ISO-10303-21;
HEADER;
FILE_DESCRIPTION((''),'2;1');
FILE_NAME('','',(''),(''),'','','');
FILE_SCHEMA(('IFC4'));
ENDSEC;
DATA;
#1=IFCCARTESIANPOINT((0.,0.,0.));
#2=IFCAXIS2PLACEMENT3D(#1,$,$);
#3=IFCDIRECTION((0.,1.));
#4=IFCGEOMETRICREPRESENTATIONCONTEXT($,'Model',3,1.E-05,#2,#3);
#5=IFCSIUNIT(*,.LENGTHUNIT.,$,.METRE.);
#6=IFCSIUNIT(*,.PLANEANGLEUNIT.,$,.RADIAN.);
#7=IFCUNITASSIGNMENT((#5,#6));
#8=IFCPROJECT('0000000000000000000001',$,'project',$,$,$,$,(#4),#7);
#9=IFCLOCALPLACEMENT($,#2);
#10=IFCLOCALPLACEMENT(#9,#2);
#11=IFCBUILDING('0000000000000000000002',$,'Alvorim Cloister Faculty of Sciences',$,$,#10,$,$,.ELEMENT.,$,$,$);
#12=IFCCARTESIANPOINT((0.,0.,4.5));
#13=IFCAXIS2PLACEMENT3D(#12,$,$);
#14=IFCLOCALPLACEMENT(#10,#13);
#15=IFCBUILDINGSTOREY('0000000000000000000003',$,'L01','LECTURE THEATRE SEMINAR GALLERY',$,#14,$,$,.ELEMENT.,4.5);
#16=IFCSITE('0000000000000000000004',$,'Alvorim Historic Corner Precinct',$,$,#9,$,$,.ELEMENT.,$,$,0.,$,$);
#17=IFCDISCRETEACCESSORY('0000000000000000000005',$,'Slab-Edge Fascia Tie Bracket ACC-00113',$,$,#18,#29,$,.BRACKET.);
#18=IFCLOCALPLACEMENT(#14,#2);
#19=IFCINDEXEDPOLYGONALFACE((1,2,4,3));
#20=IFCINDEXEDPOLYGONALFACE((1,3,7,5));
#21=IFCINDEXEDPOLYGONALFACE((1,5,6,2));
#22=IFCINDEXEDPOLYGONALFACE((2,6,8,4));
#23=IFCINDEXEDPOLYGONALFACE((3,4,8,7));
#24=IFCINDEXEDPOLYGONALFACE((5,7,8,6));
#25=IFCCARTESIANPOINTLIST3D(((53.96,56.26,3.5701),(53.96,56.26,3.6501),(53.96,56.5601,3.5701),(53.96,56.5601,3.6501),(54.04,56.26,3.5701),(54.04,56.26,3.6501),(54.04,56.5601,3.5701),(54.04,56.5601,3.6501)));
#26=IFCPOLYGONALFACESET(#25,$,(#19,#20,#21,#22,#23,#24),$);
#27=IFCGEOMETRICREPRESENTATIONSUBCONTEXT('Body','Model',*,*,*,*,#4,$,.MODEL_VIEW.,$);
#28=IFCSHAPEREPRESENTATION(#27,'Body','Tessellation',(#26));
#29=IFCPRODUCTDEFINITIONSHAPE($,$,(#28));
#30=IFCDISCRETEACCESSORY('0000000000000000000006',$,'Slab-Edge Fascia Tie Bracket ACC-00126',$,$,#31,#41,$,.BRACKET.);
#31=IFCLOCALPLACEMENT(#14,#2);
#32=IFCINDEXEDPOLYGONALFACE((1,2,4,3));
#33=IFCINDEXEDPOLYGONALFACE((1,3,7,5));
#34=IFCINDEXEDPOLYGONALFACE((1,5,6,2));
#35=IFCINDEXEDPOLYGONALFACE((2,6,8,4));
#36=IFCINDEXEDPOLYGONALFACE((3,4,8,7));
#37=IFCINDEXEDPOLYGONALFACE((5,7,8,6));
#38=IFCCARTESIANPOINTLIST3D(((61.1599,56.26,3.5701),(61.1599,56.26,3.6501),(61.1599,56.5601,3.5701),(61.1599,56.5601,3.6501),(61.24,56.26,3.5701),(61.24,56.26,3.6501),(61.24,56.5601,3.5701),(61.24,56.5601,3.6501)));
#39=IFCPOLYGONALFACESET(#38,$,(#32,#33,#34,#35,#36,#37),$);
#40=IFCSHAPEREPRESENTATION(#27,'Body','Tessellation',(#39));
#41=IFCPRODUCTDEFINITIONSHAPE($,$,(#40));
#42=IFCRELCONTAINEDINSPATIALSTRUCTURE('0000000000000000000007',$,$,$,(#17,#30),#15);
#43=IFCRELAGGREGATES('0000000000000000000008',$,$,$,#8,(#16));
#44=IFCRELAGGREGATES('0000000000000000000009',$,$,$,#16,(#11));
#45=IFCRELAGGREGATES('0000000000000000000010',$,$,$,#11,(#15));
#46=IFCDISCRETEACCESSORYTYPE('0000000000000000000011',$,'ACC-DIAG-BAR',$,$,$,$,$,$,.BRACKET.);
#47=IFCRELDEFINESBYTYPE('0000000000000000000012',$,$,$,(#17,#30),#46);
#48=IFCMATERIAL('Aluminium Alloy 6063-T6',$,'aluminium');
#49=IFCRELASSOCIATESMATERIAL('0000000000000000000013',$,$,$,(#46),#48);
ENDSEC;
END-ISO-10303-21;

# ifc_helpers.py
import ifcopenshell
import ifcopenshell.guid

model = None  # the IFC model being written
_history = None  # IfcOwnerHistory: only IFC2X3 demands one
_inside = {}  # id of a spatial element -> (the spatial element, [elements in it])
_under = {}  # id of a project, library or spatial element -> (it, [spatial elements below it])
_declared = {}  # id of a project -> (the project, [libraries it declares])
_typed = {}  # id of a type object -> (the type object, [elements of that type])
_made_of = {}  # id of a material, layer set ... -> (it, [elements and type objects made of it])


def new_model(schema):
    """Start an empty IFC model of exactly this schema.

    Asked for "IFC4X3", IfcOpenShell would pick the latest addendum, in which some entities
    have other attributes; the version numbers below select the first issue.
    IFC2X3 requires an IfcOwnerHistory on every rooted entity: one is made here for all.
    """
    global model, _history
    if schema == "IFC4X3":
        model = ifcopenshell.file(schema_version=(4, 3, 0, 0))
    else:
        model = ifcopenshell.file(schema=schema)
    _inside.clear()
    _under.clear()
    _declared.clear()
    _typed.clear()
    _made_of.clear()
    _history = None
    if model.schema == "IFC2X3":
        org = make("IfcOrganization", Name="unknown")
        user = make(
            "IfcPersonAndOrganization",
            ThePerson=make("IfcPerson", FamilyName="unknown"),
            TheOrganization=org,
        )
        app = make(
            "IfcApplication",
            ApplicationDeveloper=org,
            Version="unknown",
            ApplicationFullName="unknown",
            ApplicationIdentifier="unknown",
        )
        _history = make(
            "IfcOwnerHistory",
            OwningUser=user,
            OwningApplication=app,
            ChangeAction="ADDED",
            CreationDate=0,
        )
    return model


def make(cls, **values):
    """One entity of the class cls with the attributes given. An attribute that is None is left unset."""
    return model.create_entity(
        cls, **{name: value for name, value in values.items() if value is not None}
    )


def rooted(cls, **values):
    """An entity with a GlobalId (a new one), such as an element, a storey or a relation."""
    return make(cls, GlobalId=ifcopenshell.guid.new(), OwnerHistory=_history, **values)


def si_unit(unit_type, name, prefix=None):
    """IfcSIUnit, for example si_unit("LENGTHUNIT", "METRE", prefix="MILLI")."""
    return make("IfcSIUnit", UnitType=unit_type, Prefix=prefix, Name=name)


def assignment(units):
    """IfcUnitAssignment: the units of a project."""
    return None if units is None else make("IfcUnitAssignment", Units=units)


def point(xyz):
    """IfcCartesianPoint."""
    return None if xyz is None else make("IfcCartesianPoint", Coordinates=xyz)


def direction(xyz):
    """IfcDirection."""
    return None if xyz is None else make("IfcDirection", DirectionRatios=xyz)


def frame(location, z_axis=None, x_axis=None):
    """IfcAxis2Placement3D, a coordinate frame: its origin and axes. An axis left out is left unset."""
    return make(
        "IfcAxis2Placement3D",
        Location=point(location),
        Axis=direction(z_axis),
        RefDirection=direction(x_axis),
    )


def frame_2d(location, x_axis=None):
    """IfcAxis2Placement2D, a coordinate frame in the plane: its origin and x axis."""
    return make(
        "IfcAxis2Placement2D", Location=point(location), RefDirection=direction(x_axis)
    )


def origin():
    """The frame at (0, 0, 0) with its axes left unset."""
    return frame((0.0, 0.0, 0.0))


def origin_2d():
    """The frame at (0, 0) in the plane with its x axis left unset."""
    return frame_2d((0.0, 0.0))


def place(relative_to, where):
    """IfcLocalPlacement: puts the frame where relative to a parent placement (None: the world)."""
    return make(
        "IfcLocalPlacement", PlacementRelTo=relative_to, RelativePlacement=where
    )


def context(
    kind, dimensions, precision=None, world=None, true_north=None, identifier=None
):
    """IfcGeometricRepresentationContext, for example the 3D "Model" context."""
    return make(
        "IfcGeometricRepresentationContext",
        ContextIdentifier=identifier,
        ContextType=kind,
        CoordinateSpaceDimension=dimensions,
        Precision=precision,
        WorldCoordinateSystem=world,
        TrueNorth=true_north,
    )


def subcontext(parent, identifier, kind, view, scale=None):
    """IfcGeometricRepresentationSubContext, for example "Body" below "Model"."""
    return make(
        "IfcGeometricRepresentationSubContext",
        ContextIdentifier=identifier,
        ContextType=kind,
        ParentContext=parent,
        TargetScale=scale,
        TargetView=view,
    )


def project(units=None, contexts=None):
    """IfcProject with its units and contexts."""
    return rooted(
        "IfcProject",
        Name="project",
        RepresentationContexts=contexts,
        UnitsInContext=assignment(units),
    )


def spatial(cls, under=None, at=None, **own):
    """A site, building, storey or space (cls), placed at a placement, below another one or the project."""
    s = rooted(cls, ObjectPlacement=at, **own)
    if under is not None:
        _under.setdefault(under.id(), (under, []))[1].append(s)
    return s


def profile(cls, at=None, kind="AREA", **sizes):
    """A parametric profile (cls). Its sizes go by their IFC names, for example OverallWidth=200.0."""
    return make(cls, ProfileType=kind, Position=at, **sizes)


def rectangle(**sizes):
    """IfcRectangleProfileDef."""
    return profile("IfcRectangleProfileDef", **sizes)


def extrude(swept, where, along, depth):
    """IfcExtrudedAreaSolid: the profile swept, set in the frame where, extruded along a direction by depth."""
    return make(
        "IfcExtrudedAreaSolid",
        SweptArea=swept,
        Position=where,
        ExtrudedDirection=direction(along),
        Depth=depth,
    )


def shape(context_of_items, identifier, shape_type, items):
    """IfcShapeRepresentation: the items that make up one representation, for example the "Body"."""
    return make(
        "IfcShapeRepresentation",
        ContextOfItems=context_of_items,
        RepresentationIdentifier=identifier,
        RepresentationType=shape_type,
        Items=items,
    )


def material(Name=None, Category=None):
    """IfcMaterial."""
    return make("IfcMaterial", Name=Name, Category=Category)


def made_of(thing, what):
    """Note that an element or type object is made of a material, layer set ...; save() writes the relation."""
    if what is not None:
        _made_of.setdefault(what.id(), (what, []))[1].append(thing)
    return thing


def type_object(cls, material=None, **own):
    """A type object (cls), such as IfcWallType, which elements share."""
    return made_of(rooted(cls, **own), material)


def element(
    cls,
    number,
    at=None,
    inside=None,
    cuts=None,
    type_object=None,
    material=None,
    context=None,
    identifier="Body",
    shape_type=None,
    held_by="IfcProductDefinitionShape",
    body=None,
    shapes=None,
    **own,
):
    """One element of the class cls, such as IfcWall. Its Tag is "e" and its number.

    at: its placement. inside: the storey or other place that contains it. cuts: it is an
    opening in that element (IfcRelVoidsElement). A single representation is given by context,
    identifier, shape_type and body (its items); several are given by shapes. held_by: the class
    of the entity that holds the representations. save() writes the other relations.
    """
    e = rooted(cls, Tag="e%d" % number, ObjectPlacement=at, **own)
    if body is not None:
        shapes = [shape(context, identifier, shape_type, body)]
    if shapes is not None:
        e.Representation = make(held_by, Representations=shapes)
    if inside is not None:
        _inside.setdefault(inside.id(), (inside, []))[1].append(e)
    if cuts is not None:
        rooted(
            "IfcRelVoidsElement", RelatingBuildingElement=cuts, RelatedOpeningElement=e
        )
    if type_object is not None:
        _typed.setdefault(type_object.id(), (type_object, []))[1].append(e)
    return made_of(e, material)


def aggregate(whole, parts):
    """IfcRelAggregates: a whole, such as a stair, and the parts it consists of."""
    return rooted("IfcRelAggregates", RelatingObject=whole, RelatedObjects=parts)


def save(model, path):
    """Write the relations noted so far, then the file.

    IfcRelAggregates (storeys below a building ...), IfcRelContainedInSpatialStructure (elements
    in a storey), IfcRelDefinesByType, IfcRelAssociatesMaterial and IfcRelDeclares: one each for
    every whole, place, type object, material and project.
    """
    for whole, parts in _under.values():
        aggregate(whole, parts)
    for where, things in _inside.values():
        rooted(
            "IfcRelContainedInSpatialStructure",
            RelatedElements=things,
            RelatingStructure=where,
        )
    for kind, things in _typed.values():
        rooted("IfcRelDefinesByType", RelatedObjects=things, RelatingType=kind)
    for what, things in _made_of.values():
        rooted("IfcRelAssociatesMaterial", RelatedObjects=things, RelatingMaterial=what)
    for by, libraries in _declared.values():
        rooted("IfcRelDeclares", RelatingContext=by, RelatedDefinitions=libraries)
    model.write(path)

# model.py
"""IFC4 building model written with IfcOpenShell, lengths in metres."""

from ifc_helpers import new_model, si_unit, direction, frame, origin, origin_2d, place, context, subcontext, project, spatial, rectangle, extrude, material, type_object, element, save


model = new_model("IFC4")

# Units and contexts
model_context = context("Model", 3, precision=1e-05, world=origin(), true_north=direction((0.0, 1.0)))
body_context = subcontext(model_context, "Body", "Model", "MODEL_VIEW")
ifc_project = project(units=[si_unit("LENGTHUNIT", "METRE"), si_unit("PLANEANGLEUNIT", "RADIAN")], contexts=[model_context])

# Site, building, storey
site_placement = place(None, origin())
site = spatial("IfcSite", under=ifc_project, at=site_placement, Name="Alvorim Historic Corner Precinct", CompositionType="ELEMENT", RefElevation=0.0)
building_placement = place(site_placement, origin())
building = spatial("IfcBuilding", under=site, at=building_placement, Name="Alvorim Cloister Faculty of Sciences", CompositionType="ELEMENT")
storey_placement = place(building_placement, frame((0.0, 0.0, 4.5)))
storey = spatial("IfcBuildingStorey", under=building, at=storey_placement, Name="L01", Description="LECTURE THEATRE SEMINAR GALLERY", CompositionType="ELEMENT", Elevation=4.5)

# Shared definitions
ifc_material_1 = material(Name="Aluminium Alloy 6063-T6", Category="aluminium")

# Discrete accessories
discrete_accessory_type = type_object("IfcDiscreteAccessoryType", Name="ACC-DIAG-BAR", PredefinedType="BRACKET", material=ifc_material_1)
for number, where, z_axis, x_axis, name in (
    (1, (54.0, 56.26, 3.6101), (0.0, 1.0, 0.0), (-1.0, 0.0, 0.0), "Slab-Edge Fascia Tie Bracket ACC-00113"),
    (2, (61.2, 56.26, 3.6101), (0.0, 1.0, 0.0), (-1.0, 0.0, 0.0), "Slab-Edge Fascia Tie Bracket ACC-00126"),
):
    element("IfcDiscreteAccessory", number, at=place(storey_placement, frame(where, z_axis=z_axis, x_axis=x_axis)), inside=storey, type_object=discrete_accessory_type, Name=name, PredefinedType="BRACKET", context=body_context, shape_type="SweptSolid", body=[
        extrude(rectangle(XDim=0.0801, YDim=0.0801, at=origin_2d()), origin(), (0.0, 0.0, 1.0), 0.3),
    ])

save(model, "model.ifc")
